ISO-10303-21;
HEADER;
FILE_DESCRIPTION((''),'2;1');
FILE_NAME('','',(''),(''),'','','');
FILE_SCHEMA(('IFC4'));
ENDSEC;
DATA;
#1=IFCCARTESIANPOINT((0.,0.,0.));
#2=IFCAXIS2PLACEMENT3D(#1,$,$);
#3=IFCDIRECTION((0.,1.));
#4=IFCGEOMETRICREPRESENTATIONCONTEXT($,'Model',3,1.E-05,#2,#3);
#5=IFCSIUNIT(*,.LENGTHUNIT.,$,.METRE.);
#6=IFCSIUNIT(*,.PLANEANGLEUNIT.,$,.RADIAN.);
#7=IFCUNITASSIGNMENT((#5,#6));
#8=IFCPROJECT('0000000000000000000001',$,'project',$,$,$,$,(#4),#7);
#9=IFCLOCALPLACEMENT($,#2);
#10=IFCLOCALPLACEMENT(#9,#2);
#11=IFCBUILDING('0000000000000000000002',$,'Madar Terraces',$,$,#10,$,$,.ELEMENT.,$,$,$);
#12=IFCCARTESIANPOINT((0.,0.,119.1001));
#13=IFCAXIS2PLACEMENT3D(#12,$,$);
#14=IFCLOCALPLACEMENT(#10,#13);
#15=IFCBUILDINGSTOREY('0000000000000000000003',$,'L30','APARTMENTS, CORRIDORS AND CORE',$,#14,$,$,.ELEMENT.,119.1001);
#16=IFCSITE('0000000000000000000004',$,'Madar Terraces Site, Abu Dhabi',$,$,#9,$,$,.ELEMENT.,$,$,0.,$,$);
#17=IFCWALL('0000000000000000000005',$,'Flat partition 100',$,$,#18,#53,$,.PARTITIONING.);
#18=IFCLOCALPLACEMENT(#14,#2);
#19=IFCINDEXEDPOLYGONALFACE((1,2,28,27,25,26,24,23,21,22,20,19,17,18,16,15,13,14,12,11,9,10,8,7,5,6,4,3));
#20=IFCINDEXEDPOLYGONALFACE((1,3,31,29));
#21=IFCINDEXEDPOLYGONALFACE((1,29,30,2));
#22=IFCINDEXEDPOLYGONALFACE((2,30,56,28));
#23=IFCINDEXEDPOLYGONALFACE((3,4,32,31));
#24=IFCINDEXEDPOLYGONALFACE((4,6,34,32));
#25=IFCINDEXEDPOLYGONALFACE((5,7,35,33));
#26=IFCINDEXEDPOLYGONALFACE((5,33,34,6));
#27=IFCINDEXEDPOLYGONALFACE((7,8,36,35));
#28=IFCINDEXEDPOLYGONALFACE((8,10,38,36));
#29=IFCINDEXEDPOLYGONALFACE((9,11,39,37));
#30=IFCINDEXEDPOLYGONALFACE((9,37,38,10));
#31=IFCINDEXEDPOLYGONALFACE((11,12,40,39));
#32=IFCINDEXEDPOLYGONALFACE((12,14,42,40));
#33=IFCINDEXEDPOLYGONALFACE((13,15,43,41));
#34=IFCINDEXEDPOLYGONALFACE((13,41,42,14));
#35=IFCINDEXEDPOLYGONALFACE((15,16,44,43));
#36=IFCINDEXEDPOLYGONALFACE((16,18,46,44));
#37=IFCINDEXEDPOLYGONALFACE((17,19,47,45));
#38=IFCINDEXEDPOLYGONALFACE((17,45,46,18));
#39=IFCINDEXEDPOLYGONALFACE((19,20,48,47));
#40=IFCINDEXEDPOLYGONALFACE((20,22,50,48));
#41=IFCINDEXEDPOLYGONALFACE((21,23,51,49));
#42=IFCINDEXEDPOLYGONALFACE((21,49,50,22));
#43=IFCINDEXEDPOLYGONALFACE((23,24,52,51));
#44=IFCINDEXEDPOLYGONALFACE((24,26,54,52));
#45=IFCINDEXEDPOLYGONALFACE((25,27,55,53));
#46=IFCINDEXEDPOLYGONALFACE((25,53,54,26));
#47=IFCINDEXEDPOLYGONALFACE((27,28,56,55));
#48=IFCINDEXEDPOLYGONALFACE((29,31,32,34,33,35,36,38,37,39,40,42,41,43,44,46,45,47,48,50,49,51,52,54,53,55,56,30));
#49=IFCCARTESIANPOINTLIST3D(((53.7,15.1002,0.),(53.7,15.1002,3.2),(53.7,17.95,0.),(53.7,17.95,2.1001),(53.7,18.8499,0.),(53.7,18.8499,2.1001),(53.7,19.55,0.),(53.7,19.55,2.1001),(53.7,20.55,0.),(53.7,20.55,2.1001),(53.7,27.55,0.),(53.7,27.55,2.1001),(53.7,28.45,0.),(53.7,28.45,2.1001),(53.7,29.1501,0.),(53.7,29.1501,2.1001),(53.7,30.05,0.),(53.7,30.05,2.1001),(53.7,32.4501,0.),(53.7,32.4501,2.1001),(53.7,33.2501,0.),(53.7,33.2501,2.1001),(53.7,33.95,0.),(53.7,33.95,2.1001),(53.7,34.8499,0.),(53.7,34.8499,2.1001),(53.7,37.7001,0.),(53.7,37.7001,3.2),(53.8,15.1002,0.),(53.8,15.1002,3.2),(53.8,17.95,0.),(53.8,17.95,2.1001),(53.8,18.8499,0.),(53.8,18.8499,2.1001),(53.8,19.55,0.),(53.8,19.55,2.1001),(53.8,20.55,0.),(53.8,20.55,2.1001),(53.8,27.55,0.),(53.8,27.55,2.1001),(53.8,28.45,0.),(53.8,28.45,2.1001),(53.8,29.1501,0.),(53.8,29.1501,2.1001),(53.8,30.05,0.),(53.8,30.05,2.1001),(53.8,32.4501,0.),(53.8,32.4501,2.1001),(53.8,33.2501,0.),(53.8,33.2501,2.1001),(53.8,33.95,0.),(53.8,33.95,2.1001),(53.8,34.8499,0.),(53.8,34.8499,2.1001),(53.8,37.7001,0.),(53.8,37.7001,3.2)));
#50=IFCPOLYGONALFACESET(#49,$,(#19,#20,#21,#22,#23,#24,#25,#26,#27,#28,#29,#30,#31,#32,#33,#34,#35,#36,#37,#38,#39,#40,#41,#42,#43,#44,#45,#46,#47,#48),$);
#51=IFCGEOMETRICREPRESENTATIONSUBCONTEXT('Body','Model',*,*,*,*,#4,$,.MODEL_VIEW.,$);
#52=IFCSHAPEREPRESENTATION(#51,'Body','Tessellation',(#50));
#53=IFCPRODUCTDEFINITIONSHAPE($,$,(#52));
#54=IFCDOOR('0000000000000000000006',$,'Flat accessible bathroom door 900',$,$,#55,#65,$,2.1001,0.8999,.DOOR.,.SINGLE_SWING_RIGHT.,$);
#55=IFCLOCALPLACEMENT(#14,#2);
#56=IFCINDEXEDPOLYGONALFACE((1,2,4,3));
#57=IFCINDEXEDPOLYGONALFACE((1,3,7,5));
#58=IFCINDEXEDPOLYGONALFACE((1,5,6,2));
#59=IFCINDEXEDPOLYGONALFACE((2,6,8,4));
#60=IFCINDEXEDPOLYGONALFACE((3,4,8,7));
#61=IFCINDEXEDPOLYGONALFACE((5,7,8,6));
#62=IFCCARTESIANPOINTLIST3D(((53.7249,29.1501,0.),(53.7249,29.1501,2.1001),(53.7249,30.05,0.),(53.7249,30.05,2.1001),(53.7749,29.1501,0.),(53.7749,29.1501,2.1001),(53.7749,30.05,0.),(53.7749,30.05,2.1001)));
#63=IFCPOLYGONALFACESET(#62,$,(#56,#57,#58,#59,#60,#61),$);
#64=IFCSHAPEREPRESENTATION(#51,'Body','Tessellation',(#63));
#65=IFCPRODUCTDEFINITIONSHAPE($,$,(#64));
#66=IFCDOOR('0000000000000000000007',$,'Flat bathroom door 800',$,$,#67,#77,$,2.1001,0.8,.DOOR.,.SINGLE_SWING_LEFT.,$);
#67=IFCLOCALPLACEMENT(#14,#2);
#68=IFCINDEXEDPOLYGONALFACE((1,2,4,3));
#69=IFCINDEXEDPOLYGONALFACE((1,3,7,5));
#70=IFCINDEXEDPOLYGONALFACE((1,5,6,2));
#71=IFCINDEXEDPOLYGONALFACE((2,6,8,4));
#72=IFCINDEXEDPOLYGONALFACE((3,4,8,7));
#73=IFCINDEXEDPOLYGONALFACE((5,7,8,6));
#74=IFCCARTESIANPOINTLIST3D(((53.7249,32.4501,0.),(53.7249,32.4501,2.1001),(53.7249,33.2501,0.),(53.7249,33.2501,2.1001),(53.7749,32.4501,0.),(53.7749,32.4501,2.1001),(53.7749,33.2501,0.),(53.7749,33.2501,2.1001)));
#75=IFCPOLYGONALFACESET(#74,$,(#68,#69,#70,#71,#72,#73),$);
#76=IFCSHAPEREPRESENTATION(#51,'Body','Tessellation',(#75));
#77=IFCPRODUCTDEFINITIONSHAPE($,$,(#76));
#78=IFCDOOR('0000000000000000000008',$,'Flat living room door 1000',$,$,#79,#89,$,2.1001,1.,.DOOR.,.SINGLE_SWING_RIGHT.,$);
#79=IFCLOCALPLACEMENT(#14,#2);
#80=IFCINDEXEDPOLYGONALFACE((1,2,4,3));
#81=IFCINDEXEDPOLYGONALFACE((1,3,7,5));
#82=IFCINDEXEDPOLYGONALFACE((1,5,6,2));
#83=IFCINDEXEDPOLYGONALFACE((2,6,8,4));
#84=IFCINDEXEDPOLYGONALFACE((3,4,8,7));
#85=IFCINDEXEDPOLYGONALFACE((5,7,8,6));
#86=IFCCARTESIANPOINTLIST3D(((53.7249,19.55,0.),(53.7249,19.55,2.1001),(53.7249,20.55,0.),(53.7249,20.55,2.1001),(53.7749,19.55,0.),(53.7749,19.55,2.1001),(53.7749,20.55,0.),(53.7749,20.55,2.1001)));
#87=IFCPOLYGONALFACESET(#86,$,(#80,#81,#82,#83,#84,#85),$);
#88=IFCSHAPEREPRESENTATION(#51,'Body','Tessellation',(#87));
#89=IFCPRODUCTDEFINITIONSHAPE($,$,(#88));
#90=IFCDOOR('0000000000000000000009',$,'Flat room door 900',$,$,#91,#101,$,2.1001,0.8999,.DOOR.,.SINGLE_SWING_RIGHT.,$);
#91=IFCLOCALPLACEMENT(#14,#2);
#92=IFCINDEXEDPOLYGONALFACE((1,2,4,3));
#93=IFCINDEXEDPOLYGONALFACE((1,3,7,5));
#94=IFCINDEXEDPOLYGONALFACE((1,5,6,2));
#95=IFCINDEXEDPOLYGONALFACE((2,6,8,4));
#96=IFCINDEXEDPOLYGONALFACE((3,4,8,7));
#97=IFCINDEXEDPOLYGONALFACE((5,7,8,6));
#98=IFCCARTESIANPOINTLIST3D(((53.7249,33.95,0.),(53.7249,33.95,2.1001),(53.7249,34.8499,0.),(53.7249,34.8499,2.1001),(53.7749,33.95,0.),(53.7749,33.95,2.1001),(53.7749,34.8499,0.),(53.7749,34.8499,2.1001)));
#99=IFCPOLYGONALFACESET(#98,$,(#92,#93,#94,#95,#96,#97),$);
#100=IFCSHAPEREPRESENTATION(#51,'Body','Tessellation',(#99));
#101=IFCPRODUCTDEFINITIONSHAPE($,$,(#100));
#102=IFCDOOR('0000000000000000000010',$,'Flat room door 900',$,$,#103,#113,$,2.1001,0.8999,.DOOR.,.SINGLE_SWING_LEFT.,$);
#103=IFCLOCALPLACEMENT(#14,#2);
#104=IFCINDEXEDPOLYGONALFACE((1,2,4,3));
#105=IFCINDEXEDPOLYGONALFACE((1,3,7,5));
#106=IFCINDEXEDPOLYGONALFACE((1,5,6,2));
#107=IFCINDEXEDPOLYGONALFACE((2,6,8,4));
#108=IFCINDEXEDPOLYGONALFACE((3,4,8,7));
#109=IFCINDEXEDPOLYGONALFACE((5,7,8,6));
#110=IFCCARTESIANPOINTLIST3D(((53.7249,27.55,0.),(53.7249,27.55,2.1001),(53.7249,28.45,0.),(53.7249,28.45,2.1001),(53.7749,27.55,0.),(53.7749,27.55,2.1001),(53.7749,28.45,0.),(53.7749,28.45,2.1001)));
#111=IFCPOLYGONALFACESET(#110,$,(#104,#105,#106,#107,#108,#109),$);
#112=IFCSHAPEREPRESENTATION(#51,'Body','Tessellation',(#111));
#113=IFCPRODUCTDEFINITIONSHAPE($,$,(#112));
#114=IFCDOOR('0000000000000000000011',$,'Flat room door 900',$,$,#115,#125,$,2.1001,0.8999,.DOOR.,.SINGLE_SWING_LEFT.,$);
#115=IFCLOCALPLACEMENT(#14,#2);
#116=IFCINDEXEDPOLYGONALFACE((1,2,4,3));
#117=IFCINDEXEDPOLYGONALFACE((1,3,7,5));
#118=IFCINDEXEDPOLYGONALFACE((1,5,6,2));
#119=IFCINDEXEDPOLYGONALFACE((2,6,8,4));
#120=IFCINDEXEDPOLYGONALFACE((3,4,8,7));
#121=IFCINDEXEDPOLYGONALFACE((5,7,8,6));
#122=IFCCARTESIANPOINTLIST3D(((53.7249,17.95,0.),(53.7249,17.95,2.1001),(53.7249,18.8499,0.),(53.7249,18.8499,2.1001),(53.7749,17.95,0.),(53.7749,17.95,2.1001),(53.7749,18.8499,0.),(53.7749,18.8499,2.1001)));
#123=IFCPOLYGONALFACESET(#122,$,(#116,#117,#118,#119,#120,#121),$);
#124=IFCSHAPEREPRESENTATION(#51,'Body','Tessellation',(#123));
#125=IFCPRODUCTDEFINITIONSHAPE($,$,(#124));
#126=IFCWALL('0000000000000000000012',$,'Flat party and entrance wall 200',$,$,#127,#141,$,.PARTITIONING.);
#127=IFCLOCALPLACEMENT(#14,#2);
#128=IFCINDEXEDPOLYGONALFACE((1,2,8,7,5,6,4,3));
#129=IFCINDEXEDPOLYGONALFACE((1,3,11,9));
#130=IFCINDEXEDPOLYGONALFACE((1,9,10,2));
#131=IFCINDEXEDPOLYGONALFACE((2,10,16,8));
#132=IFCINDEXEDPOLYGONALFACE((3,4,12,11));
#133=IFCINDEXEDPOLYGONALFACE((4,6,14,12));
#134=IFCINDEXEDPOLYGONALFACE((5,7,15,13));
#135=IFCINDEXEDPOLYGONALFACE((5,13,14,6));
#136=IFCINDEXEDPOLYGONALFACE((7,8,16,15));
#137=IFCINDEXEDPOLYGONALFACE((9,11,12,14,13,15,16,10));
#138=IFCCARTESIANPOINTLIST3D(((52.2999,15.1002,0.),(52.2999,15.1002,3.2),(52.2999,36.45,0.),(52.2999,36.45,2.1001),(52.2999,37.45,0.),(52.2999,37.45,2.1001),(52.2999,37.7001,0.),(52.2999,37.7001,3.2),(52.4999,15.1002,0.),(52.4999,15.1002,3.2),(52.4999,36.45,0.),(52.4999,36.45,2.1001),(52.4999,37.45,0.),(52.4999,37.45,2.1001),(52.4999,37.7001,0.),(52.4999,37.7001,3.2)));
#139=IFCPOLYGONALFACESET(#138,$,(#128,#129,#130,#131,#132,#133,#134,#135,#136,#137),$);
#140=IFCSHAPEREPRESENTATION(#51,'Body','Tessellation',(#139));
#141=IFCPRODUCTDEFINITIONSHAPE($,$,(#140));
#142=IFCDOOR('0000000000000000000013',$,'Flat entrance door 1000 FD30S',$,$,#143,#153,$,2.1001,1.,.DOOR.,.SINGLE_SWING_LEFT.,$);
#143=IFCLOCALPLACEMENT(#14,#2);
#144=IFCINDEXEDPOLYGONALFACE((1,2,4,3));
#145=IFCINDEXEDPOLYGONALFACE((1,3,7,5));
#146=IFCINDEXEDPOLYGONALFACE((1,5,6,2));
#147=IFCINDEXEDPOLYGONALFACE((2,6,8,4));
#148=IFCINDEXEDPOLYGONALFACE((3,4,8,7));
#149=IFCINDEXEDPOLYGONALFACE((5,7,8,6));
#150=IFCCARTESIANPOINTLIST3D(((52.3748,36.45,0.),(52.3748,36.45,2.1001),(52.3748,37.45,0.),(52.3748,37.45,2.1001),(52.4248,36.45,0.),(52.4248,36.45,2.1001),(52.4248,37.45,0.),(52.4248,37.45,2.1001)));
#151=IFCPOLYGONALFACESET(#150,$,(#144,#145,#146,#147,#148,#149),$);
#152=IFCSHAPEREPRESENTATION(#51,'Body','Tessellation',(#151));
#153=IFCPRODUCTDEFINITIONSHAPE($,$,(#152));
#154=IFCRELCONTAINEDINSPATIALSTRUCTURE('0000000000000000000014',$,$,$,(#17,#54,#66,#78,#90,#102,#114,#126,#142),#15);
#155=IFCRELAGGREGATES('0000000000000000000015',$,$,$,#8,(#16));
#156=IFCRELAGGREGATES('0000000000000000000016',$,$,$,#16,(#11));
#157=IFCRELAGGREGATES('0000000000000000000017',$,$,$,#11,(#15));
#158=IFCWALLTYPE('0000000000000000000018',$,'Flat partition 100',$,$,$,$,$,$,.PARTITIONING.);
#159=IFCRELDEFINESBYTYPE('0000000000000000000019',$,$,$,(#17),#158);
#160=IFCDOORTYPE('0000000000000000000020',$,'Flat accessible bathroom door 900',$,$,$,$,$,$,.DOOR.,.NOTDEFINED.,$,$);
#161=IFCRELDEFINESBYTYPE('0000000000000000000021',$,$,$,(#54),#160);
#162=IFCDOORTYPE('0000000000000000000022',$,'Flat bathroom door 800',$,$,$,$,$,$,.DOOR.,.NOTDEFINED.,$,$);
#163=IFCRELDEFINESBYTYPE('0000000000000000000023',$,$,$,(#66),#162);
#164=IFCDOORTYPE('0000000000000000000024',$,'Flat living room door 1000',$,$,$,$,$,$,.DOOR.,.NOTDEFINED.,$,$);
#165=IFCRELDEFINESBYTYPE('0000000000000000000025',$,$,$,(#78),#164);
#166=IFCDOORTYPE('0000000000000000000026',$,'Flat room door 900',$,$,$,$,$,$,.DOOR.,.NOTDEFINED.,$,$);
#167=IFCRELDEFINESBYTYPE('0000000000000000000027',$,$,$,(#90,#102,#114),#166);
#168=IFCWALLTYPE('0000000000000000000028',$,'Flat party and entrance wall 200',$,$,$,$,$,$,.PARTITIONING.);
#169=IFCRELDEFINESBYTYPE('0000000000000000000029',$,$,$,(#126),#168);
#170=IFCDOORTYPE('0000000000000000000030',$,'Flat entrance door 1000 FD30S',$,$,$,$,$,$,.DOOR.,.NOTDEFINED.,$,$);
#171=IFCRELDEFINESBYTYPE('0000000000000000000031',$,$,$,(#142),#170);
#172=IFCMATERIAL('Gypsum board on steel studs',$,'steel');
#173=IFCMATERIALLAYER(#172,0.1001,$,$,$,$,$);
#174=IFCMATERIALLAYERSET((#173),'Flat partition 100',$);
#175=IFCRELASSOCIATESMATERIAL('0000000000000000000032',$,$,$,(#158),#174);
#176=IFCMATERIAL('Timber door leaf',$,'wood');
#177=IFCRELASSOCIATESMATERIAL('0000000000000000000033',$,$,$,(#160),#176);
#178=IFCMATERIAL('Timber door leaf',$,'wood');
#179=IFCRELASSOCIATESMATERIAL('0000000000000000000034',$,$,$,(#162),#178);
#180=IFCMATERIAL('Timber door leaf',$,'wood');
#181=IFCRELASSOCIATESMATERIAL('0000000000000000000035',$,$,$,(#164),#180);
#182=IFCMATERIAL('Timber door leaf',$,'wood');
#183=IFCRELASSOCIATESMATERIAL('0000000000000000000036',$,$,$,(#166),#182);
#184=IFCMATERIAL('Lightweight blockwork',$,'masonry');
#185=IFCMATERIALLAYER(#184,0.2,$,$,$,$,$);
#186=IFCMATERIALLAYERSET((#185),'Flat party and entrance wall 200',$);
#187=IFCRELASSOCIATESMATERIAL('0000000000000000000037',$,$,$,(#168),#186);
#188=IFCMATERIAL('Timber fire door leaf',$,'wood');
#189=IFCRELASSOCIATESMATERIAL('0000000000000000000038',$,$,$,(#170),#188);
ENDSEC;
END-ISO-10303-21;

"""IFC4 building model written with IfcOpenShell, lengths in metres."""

from ifc_helpers import new_model, si_unit, direction, frame, frame_2d, origin, place, context, subcontext, project, spatial, rectangle, extrude, material, layer, layer_set, type_object, element, fill, save


model = new_model("IFC4")

# Units and contexts
model_context = context("Model", 3, precision=1e-05, world=origin(), true_north=direction((0.0, 1.0)))
body_context = subcontext(model_context, "Body", "Model", "MODEL_VIEW")
ifc_project = project(units=[si_unit("LENGTHUNIT", "METRE"), si_unit("PLANEANGLEUNIT", "RADIAN")], contexts=[model_context])

# Site, building, storey
site_placement = place(None, origin())
site = spatial("IfcSite", under=ifc_project, at=site_placement, Name="Madar Terraces Site, Abu Dhabi", CompositionType="ELEMENT", RefElevation=0.0)
building_placement = place(site_placement, origin())
building = spatial("IfcBuilding", under=site, at=building_placement, Name="Madar Terraces", CompositionType="ELEMENT")
storey_placement = place(building_placement, frame((0.0, 0.0, 119.1001)))
storey = spatial("IfcBuildingStorey", under=building, at=storey_placement, Name="L30", Description="APARTMENTS, CORRIDORS AND CORE", CompositionType="ELEMENT", Elevation=119.1001)

# Wall, openings, doors
ifc_material_1 = material(Name="Gypsum board on steel studs", Category="steel")
ifc_layer_1 = layer(ifc_material_1, 0.1001)
ifc_layer_set_1 = layer_set([ifc_layer_1], Name="Flat partition 100")
wall_type_1 = type_object("IfcWallType", Name="Flat partition 100", PredefinedType="PARTITIONING", material=ifc_layer_set_1)
wall_1_placement = place(storey_placement, frame((53.75, 37.7, 0.0), z_axis=(0.0, 0.0, 1.0), x_axis=(0.0, -1.0, 0.0)))
wall_1 = element("IfcWall", 1, at=wall_1_placement, inside=storey, type_object=wall_type_1, Name="Flat partition 100", PredefinedType="PARTITIONING", context=body_context, shape_type="SweptSolid", body=[
    extrude(rectangle(XDim=22.5999, YDim=0.1001, at=frame_2d((11.2998, 0.0))), origin(), (0.0, 0.0, 1.0), 3.2),
])
opening_1_placement = place(wall_1_placement, frame((2.8501, 0.0, 0.0)))
opening_1 = element("IfcOpeningElement", 2, at=opening_1_placement, cuts=wall_1, PredefinedType="OPENING", context=body_context, shape_type="SweptSolid", body=[
    extrude(rectangle(XDim=0.8999, YDim=2.1001, at=frame_2d((0.45, 1.05))), frame((0.0, 0.0601, 0.0), z_axis=(0.0, -1.0, 0.0), x_axis=(1.0, 0.0, 0.0)), (0.0, 0.0, 1.0), 0.1201),
])
opening_2_placement = place(wall_1_placement, frame((4.45, 0.0, 0.0)))
opening_2 = element("IfcOpeningElement", 3, at=opening_2_placement, cuts=wall_1, PredefinedType="OPENING", context=body_context, shape_type="SweptSolid", body=[
    extrude(rectangle(XDim=0.8, YDim=2.1001, at=frame_2d((0.3999, 1.05))), frame((0.0, 0.0601, 0.0), z_axis=(0.0, -1.0, 0.0), x_axis=(1.0, 0.0, 0.0)), (0.0, 0.0, 1.0), 0.1201),
])
opening_3_placement = place(wall_1_placement, frame((7.6499, 0.0, 0.0)))
opening_3 = element("IfcOpeningElement", 4, at=opening_3_placement, cuts=wall_1, PredefinedType="OPENING", context=body_context, shape_type="SweptSolid", body=[
    extrude(rectangle(XDim=0.8999, YDim=2.1001, at=frame_2d((0.45, 1.05))), frame((0.0, 0.0601, 0.0), z_axis=(0.0, -1.0, 0.0), x_axis=(1.0, 0.0, 0.0)), (0.0, 0.0, 1.0), 0.1201),
])
opening_4_placement = place(wall_1_placement, frame((9.25, 0.0, 0.0)))
opening_4 = element("IfcOpeningElement", 5, at=opening_4_placement, cuts=wall_1, PredefinedType="OPENING", context=body_context, shape_type="SweptSolid", body=[
    extrude(rectangle(XDim=0.8999, YDim=2.1001, at=frame_2d((0.45, 1.05))), frame((0.0, 0.0601, 0.0), z_axis=(0.0, -1.0, 0.0), x_axis=(1.0, 0.0, 0.0)), (0.0, 0.0, 1.0), 0.1201),
])
opening_5_placement = place(wall_1_placement, frame((17.1499, 0.0, 0.0)))
opening_5 = element("IfcOpeningElement", 6, at=opening_5_placement, cuts=wall_1, PredefinedType="OPENING", context=body_context, shape_type="SweptSolid", body=[
    extrude(rectangle(XDim=1.0, YDim=2.1001, at=frame_2d((0.5, 1.05))), frame((0.0, 0.0601, 0.0), z_axis=(0.0, -1.0, 0.0), x_axis=(1.0, 0.0, 0.0)), (0.0, 0.0, 1.0), 0.1201),
])
opening_6_placement = place(wall_1_placement, frame((18.8501, 0.0, 0.0)))
opening_6 = element("IfcOpeningElement", 7, at=opening_6_placement, cuts=wall_1, PredefinedType="OPENING", context=body_context, shape_type="SweptSolid", body=[
    extrude(rectangle(XDim=0.8999, YDim=2.1001, at=frame_2d((0.45, 1.05))), frame((0.0, 0.0601, 0.0), z_axis=(0.0, -1.0, 0.0), x_axis=(1.0, 0.0, 0.0)), (0.0, 0.0, 1.0), 0.1201),
])
ifc_material_2 = material(Name="Timber door leaf", Category="wood")
door_type_1 = type_object("IfcDoorType", Name="Flat accessible bathroom door 900", OperationType="NOTDEFINED", PredefinedType="DOOR", material=ifc_material_2)
door_1_placement = place(opening_3_placement, origin())
door_1 = element("IfcDoor", 8, at=door_1_placement, inside=storey, type_object=door_type_1, Name="Flat accessible bathroom door 900", OperationType="SINGLE_SWING_RIGHT", OverallHeight=2.1001, OverallWidth=0.8999, PredefinedType="DOOR", context=body_context, shape_type="SweptSolid", body=[
    extrude(rectangle(XDim=0.8999, YDim=2.1001, at=frame_2d((0.45, 1.05))), frame((0.0, 0.0249, 0.0), z_axis=(0.0, -1.0, 0.0), x_axis=(1.0, 0.0, 0.0)), (0.0, 0.0, 1.0), 0.05),
])
fill(opening_3, door_1)
ifc_material_3 = material(Name="Timber door leaf", Category="wood")
door_type_2 = type_object("IfcDoorType", Name="Flat bathroom door 800", OperationType="NOTDEFINED", PredefinedType="DOOR", material=ifc_material_3)
door_2_placement = place(opening_2_placement, origin())
door_2 = element("IfcDoor", 9, at=door_2_placement, inside=storey, type_object=door_type_2, Name="Flat bathroom door 800", OperationType="SINGLE_SWING_LEFT", OverallHeight=2.1001, OverallWidth=0.8, PredefinedType="DOOR", context=body_context, shape_type="SweptSolid", body=[
    extrude(rectangle(XDim=0.8, YDim=2.1001, at=frame_2d((0.3999, 1.05))), frame((0.0, 0.0249, 0.0), z_axis=(0.0, -1.0, 0.0), x_axis=(1.0, 0.0, 0.0)), (0.0, 0.0, 1.0), 0.05),
])
fill(opening_2, door_2)
ifc_material_4 = material(Name="Timber door leaf", Category="wood")
door_type_3 = type_object("IfcDoorType", Name="Flat living room door 1000", OperationType="NOTDEFINED", PredefinedType="DOOR", material=ifc_material_4)
door_3_placement = place(opening_5_placement, origin())
door_3 = element("IfcDoor", 10, at=door_3_placement, inside=storey, type_object=door_type_3, Name="Flat living room door 1000", OperationType="SINGLE_SWING_RIGHT", OverallHeight=2.1001, OverallWidth=1.0, PredefinedType="DOOR", context=body_context, shape_type="SweptSolid", body=[
    extrude(rectangle(XDim=1.0, YDim=2.1001, at=frame_2d((0.5, 1.05))), frame((0.0, 0.0249, 0.0), z_axis=(0.0, -1.0, 0.0), x_axis=(1.0, 0.0, 0.0)), (0.0, 0.0, 1.0), 0.05),
])
fill(opening_5, door_3)
ifc_material_5 = material(Name="Timber door leaf", Category="wood")
door_type_4 = type_object("IfcDoorType", Name="Flat room door 900", OperationType="NOTDEFINED", PredefinedType="DOOR", material=ifc_material_5)
door_4_placement = place(opening_1_placement, origin())
door_4 = element("IfcDoor", 11, at=door_4_placement, inside=storey, type_object=door_type_4, Name="Flat room door 900", OperationType="SINGLE_SWING_RIGHT", OverallHeight=2.1001, OverallWidth=0.8999, PredefinedType="DOOR", context=body_context, shape_type="SweptSolid", body=[
    extrude(rectangle(XDim=0.8999, YDim=2.1001, at=frame_2d((0.45, 1.05))), frame((0.0, 0.0249, 0.0), z_axis=(0.0, -1.0, 0.0), x_axis=(1.0, 0.0, 0.0)), (0.0, 0.0, 1.0), 0.05),
])
fill(opening_1, door_4)
door_5_placement = place(opening_4_placement, origin())
door_5 = element("IfcDoor", 12, at=door_5_placement, inside=storey, type_object=door_type_4, Name="Flat room door 900", OperationType="SINGLE_SWING_LEFT", OverallHeight=2.1001, OverallWidth=0.8999, PredefinedType="DOOR", context=body_context, shape_type="SweptSolid", body=[
    extrude(rectangle(XDim=0.8999, YDim=2.1001, at=frame_2d((0.45, 1.05))), frame((0.0, 0.0249, 0.0), z_axis=(0.0, -1.0, 0.0), x_axis=(1.0, 0.0, 0.0)), (0.0, 0.0, 1.0), 0.05),
])
fill(opening_4, door_5)
door_6_placement = place(opening_6_placement, origin())
door_6 = element("IfcDoor", 13, at=door_6_placement, inside=storey, type_object=door_type_4, Name="Flat room door 900", OperationType="SINGLE_SWING_LEFT", OverallHeight=2.1001, OverallWidth=0.8999, PredefinedType="DOOR", context=body_context, shape_type="SweptSolid", body=[
    extrude(rectangle(XDim=0.8999, YDim=2.1001, at=frame_2d((0.45, 1.05))), frame((0.0, 0.0249, 0.0), z_axis=(0.0, -1.0, 0.0), x_axis=(1.0, 0.0, 0.0)), (0.0, 0.0, 1.0), 0.05),
])
fill(opening_6, door_6)

# Wall, opening, door
ifc_material_6 = material(Name="Lightweight blockwork", Category="masonry")
ifc_layer_2 = layer(ifc_material_6, 0.2)
ifc_layer_set_2 = layer_set([ifc_layer_2], Name="Flat party and entrance wall 200")
wall_type_2 = type_object("IfcWallType", Name="Flat party and entrance wall 200", PredefinedType="PARTITIONING", material=ifc_layer_set_2)
wall_2_placement = place(storey_placement, frame((52.3999, 37.7, 0.0), z_axis=(0.0, 0.0, 1.0), x_axis=(0.0, -1.0, 0.0)))
wall_2 = element("IfcWall", 14, at=wall_2_placement, inside=storey, type_object=wall_type_2, Name="Flat party and entrance wall 200", PredefinedType="PARTITIONING", context=body_context, shape_type="SweptSolid", body=[
    extrude(rectangle(XDim=22.5999, YDim=0.2, at=frame_2d((11.2998, 0.0))), origin(), (0.0, 0.0, 1.0), 3.2),
])
opening_7_placement = place(wall_2_placement, frame((0.25, 0.0, 0.0)))
opening_7 = element("IfcOpeningElement", 15, at=opening_7_placement, cuts=wall_2, PredefinedType="OPENING", context=body_context, shape_type="SweptSolid", body=[
    extrude(rectangle(XDim=1.0, YDim=2.1001, at=frame_2d((0.5, 1.05))), frame((0.0, 0.1099, 0.0), z_axis=(0.0, -1.0, 0.0), x_axis=(1.0, 0.0, 0.0)), (0.0, 0.0, 1.0), 0.22),
])
ifc_material_7 = material(Name="Timber fire door leaf", Category="wood")
door_type_5 = type_object("IfcDoorType", Name="Flat entrance door 1000 FD30S", OperationType="NOTDEFINED", PredefinedType="DOOR", material=ifc_material_7)
door_7_placement = place(opening_7_placement, origin())
door_7 = element("IfcDoor", 16, at=door_7_placement, inside=storey, type_object=door_type_5, Name="Flat entrance door 1000 FD30S", OperationType="SINGLE_SWING_LEFT", OverallHeight=2.1001, OverallWidth=1.0, PredefinedType="DOOR", context=body_context, shape_type="SweptSolid", body=[
    extrude(rectangle(XDim=1.0, YDim=2.1001, at=frame_2d((0.5, 1.05))), frame((0.0, 0.0249, 0.0), z_axis=(0.0, -1.0, 0.0), x_axis=(1.0, 0.0, 0.0)), (0.0, 0.0, 1.0), 0.05),
])
fill(opening_7, door_7)

save(model, "model.ifc")
